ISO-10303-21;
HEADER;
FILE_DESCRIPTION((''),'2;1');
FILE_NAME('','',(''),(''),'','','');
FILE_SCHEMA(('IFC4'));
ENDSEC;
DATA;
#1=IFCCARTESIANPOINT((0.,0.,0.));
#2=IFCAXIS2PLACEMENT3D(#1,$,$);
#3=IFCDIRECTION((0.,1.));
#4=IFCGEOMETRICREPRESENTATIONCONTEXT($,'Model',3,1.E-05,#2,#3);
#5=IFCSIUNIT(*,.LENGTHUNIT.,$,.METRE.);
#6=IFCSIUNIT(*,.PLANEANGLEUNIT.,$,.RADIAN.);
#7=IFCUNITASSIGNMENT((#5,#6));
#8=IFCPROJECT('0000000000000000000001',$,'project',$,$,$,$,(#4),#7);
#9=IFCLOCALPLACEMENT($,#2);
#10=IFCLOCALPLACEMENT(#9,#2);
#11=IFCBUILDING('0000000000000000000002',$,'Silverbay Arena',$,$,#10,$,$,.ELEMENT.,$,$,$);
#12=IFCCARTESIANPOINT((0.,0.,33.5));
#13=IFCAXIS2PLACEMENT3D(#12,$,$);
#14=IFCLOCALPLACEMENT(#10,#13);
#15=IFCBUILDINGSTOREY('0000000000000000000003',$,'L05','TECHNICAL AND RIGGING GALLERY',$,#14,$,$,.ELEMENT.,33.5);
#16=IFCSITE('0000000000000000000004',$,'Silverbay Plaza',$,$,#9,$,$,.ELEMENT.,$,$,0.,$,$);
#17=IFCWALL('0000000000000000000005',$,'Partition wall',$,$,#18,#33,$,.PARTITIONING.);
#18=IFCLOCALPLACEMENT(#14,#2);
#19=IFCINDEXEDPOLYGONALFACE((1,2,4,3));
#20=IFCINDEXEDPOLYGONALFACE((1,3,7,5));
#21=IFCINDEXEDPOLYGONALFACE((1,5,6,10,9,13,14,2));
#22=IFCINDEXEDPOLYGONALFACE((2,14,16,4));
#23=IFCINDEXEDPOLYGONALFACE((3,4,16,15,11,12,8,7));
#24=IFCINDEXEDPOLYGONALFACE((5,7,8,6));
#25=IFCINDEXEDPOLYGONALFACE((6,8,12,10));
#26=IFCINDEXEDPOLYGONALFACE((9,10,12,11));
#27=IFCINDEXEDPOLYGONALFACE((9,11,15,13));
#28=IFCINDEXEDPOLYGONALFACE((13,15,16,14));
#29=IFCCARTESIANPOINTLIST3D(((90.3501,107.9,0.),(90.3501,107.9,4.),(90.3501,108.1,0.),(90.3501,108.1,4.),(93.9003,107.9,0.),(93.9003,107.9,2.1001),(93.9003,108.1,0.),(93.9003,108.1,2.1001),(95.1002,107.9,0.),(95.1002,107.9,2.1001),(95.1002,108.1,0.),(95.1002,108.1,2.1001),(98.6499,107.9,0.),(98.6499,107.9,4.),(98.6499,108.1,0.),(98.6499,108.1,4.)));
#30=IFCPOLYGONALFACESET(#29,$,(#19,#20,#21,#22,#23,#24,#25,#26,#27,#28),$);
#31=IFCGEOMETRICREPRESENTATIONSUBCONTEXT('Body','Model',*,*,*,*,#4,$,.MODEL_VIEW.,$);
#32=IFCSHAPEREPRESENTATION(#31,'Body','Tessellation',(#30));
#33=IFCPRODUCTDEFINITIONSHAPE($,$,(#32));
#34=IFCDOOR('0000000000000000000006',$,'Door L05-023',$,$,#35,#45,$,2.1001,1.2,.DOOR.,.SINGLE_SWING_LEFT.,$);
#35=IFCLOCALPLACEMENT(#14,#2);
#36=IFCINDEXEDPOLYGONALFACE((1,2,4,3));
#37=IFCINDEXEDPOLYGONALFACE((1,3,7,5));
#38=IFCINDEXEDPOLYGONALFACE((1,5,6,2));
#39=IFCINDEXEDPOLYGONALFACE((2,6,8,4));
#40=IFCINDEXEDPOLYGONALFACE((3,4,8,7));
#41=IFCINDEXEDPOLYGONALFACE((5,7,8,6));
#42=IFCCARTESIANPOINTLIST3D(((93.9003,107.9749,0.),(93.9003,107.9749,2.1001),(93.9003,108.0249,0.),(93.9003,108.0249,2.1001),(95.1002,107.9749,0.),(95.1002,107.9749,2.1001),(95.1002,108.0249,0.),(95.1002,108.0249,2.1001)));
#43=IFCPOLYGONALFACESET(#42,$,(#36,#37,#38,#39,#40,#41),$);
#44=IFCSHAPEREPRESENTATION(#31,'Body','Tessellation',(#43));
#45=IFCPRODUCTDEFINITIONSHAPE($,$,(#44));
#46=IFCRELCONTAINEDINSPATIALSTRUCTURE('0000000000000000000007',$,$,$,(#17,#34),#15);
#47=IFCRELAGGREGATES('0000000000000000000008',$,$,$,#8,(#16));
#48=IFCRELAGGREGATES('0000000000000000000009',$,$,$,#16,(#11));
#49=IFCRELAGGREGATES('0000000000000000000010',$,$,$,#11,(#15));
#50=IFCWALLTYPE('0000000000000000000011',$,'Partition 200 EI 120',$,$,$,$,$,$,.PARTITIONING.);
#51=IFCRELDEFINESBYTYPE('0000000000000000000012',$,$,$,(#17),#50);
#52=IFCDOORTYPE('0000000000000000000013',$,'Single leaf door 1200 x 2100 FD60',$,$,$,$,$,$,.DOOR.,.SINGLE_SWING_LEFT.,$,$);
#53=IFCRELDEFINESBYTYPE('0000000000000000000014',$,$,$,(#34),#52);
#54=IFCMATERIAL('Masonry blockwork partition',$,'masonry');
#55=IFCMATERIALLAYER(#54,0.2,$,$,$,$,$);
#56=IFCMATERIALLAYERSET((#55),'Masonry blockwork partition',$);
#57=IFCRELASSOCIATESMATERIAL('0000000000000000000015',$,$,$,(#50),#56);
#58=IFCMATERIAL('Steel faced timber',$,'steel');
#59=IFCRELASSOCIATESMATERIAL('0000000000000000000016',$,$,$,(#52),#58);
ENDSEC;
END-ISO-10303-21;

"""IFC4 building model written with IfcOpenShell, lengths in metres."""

from ifc_helpers import new_model, si_unit, direction, frame, frame_2d, origin, place, context, subcontext, project, spatial, rectangle, extrude, material, layer, layer_set, type_object, element, fill, save


model = new_model("IFC4")

# Units and contexts
model_context = context("Model", 3, precision=1e-05, world=origin(), true_north=direction((0.0, 1.0)))
body_context = subcontext(model_context, "Body", "Model", "MODEL_VIEW")
ifc_project = project(units=[si_unit("LENGTHUNIT", "METRE"), si_unit("PLANEANGLEUNIT", "RADIAN")], contexts=[model_context])

# Site, building, storey
site_placement = place(None, origin())
site = spatial("IfcSite", under=ifc_project, at=site_placement, Name="Silverbay Plaza", CompositionType="ELEMENT", RefElevation=0.0)
building_placement = place(site_placement, origin())
building = spatial("IfcBuilding", under=site, at=building_placement, Name="Silverbay Arena", CompositionType="ELEMENT")
storey_placement = place(building_placement, frame((0.0, 0.0, 33.5)))
storey = spatial("IfcBuildingStorey", under=building, at=storey_placement, Name="L05", Description="TECHNICAL AND RIGGING GALLERY", CompositionType="ELEMENT", Elevation=33.5)

# Wall, opening, door
ifc_material_1 = material(Name="Masonry blockwork partition", Category="masonry")
ifc_layer_1 = layer(ifc_material_1, 0.2)
ifc_layer_set_1 = layer_set([ifc_layer_1], Name="Masonry blockwork partition")
wall_type_1 = type_object("IfcWallType", Name="Partition 200 EI 120", PredefinedType="PARTITIONING", material=ifc_layer_set_1)
wall_1_placement = place(storey_placement, frame((90.3501, 108.0, 0.0), z_axis=(0.0, 0.0, 1.0), x_axis=(1.0, 0.0, 0.0)))
wall_1 = element("IfcWall", 1, at=wall_1_placement, inside=storey, type_object=wall_type_1, Name="Partition wall", PredefinedType="PARTITIONING", context=body_context, shape_type="SweptSolid", body=[
    extrude(rectangle(XDim=8.2998, YDim=0.2, at=frame_2d((4.1499, 0.0))), origin(), (0.0, 0.0, 1.0), 4.0),
])
opening_placement = place(wall_1_placement, frame((3.55, 0.0, 0.0)))
opening = element("IfcOpeningElement", 2, at=opening_placement, cuts=wall_1, PredefinedType="OPENING", context=body_context, shape_type="SweptSolid", body=[
    extrude(rectangle(XDim=1.2, YDim=2.1001, at=frame_2d((0.6001, 1.05))), frame((0.0, 0.1099, 0.0), z_axis=(0.0, -1.0, 0.0), x_axis=(1.0, 0.0, 0.0)), (0.0, 0.0, 1.0), 0.22),
])
ifc_material_2 = material(Name="Steel faced timber", Category="steel")
door_type = type_object("IfcDoorType", Name="Single leaf door 1200 x 2100 FD60", OperationType="SINGLE_SWING_LEFT", PredefinedType="DOOR", material=ifc_material_2)
door_placement = place(opening_placement, origin())
door = element("IfcDoor", 3, at=door_placement, inside=storey, type_object=door_type, Name="Door L05-023", OperationType="SINGLE_SWING_LEFT", OverallHeight=2.1001, OverallWidth=1.2, PredefinedType="DOOR", context=body_context, shape_type="SweptSolid", body=[
    extrude(rectangle(XDim=1.2, YDim=2.1001, at=frame_2d((0.6001, 1.05))), frame((0.0, 0.0249, 0.0), z_axis=(0.0, -1.0, 0.0), x_axis=(1.0, 0.0, 0.0)), (0.0, 0.0, 1.0), 0.05),
])
fill(opening, door)

save(model, "model.ifc")
